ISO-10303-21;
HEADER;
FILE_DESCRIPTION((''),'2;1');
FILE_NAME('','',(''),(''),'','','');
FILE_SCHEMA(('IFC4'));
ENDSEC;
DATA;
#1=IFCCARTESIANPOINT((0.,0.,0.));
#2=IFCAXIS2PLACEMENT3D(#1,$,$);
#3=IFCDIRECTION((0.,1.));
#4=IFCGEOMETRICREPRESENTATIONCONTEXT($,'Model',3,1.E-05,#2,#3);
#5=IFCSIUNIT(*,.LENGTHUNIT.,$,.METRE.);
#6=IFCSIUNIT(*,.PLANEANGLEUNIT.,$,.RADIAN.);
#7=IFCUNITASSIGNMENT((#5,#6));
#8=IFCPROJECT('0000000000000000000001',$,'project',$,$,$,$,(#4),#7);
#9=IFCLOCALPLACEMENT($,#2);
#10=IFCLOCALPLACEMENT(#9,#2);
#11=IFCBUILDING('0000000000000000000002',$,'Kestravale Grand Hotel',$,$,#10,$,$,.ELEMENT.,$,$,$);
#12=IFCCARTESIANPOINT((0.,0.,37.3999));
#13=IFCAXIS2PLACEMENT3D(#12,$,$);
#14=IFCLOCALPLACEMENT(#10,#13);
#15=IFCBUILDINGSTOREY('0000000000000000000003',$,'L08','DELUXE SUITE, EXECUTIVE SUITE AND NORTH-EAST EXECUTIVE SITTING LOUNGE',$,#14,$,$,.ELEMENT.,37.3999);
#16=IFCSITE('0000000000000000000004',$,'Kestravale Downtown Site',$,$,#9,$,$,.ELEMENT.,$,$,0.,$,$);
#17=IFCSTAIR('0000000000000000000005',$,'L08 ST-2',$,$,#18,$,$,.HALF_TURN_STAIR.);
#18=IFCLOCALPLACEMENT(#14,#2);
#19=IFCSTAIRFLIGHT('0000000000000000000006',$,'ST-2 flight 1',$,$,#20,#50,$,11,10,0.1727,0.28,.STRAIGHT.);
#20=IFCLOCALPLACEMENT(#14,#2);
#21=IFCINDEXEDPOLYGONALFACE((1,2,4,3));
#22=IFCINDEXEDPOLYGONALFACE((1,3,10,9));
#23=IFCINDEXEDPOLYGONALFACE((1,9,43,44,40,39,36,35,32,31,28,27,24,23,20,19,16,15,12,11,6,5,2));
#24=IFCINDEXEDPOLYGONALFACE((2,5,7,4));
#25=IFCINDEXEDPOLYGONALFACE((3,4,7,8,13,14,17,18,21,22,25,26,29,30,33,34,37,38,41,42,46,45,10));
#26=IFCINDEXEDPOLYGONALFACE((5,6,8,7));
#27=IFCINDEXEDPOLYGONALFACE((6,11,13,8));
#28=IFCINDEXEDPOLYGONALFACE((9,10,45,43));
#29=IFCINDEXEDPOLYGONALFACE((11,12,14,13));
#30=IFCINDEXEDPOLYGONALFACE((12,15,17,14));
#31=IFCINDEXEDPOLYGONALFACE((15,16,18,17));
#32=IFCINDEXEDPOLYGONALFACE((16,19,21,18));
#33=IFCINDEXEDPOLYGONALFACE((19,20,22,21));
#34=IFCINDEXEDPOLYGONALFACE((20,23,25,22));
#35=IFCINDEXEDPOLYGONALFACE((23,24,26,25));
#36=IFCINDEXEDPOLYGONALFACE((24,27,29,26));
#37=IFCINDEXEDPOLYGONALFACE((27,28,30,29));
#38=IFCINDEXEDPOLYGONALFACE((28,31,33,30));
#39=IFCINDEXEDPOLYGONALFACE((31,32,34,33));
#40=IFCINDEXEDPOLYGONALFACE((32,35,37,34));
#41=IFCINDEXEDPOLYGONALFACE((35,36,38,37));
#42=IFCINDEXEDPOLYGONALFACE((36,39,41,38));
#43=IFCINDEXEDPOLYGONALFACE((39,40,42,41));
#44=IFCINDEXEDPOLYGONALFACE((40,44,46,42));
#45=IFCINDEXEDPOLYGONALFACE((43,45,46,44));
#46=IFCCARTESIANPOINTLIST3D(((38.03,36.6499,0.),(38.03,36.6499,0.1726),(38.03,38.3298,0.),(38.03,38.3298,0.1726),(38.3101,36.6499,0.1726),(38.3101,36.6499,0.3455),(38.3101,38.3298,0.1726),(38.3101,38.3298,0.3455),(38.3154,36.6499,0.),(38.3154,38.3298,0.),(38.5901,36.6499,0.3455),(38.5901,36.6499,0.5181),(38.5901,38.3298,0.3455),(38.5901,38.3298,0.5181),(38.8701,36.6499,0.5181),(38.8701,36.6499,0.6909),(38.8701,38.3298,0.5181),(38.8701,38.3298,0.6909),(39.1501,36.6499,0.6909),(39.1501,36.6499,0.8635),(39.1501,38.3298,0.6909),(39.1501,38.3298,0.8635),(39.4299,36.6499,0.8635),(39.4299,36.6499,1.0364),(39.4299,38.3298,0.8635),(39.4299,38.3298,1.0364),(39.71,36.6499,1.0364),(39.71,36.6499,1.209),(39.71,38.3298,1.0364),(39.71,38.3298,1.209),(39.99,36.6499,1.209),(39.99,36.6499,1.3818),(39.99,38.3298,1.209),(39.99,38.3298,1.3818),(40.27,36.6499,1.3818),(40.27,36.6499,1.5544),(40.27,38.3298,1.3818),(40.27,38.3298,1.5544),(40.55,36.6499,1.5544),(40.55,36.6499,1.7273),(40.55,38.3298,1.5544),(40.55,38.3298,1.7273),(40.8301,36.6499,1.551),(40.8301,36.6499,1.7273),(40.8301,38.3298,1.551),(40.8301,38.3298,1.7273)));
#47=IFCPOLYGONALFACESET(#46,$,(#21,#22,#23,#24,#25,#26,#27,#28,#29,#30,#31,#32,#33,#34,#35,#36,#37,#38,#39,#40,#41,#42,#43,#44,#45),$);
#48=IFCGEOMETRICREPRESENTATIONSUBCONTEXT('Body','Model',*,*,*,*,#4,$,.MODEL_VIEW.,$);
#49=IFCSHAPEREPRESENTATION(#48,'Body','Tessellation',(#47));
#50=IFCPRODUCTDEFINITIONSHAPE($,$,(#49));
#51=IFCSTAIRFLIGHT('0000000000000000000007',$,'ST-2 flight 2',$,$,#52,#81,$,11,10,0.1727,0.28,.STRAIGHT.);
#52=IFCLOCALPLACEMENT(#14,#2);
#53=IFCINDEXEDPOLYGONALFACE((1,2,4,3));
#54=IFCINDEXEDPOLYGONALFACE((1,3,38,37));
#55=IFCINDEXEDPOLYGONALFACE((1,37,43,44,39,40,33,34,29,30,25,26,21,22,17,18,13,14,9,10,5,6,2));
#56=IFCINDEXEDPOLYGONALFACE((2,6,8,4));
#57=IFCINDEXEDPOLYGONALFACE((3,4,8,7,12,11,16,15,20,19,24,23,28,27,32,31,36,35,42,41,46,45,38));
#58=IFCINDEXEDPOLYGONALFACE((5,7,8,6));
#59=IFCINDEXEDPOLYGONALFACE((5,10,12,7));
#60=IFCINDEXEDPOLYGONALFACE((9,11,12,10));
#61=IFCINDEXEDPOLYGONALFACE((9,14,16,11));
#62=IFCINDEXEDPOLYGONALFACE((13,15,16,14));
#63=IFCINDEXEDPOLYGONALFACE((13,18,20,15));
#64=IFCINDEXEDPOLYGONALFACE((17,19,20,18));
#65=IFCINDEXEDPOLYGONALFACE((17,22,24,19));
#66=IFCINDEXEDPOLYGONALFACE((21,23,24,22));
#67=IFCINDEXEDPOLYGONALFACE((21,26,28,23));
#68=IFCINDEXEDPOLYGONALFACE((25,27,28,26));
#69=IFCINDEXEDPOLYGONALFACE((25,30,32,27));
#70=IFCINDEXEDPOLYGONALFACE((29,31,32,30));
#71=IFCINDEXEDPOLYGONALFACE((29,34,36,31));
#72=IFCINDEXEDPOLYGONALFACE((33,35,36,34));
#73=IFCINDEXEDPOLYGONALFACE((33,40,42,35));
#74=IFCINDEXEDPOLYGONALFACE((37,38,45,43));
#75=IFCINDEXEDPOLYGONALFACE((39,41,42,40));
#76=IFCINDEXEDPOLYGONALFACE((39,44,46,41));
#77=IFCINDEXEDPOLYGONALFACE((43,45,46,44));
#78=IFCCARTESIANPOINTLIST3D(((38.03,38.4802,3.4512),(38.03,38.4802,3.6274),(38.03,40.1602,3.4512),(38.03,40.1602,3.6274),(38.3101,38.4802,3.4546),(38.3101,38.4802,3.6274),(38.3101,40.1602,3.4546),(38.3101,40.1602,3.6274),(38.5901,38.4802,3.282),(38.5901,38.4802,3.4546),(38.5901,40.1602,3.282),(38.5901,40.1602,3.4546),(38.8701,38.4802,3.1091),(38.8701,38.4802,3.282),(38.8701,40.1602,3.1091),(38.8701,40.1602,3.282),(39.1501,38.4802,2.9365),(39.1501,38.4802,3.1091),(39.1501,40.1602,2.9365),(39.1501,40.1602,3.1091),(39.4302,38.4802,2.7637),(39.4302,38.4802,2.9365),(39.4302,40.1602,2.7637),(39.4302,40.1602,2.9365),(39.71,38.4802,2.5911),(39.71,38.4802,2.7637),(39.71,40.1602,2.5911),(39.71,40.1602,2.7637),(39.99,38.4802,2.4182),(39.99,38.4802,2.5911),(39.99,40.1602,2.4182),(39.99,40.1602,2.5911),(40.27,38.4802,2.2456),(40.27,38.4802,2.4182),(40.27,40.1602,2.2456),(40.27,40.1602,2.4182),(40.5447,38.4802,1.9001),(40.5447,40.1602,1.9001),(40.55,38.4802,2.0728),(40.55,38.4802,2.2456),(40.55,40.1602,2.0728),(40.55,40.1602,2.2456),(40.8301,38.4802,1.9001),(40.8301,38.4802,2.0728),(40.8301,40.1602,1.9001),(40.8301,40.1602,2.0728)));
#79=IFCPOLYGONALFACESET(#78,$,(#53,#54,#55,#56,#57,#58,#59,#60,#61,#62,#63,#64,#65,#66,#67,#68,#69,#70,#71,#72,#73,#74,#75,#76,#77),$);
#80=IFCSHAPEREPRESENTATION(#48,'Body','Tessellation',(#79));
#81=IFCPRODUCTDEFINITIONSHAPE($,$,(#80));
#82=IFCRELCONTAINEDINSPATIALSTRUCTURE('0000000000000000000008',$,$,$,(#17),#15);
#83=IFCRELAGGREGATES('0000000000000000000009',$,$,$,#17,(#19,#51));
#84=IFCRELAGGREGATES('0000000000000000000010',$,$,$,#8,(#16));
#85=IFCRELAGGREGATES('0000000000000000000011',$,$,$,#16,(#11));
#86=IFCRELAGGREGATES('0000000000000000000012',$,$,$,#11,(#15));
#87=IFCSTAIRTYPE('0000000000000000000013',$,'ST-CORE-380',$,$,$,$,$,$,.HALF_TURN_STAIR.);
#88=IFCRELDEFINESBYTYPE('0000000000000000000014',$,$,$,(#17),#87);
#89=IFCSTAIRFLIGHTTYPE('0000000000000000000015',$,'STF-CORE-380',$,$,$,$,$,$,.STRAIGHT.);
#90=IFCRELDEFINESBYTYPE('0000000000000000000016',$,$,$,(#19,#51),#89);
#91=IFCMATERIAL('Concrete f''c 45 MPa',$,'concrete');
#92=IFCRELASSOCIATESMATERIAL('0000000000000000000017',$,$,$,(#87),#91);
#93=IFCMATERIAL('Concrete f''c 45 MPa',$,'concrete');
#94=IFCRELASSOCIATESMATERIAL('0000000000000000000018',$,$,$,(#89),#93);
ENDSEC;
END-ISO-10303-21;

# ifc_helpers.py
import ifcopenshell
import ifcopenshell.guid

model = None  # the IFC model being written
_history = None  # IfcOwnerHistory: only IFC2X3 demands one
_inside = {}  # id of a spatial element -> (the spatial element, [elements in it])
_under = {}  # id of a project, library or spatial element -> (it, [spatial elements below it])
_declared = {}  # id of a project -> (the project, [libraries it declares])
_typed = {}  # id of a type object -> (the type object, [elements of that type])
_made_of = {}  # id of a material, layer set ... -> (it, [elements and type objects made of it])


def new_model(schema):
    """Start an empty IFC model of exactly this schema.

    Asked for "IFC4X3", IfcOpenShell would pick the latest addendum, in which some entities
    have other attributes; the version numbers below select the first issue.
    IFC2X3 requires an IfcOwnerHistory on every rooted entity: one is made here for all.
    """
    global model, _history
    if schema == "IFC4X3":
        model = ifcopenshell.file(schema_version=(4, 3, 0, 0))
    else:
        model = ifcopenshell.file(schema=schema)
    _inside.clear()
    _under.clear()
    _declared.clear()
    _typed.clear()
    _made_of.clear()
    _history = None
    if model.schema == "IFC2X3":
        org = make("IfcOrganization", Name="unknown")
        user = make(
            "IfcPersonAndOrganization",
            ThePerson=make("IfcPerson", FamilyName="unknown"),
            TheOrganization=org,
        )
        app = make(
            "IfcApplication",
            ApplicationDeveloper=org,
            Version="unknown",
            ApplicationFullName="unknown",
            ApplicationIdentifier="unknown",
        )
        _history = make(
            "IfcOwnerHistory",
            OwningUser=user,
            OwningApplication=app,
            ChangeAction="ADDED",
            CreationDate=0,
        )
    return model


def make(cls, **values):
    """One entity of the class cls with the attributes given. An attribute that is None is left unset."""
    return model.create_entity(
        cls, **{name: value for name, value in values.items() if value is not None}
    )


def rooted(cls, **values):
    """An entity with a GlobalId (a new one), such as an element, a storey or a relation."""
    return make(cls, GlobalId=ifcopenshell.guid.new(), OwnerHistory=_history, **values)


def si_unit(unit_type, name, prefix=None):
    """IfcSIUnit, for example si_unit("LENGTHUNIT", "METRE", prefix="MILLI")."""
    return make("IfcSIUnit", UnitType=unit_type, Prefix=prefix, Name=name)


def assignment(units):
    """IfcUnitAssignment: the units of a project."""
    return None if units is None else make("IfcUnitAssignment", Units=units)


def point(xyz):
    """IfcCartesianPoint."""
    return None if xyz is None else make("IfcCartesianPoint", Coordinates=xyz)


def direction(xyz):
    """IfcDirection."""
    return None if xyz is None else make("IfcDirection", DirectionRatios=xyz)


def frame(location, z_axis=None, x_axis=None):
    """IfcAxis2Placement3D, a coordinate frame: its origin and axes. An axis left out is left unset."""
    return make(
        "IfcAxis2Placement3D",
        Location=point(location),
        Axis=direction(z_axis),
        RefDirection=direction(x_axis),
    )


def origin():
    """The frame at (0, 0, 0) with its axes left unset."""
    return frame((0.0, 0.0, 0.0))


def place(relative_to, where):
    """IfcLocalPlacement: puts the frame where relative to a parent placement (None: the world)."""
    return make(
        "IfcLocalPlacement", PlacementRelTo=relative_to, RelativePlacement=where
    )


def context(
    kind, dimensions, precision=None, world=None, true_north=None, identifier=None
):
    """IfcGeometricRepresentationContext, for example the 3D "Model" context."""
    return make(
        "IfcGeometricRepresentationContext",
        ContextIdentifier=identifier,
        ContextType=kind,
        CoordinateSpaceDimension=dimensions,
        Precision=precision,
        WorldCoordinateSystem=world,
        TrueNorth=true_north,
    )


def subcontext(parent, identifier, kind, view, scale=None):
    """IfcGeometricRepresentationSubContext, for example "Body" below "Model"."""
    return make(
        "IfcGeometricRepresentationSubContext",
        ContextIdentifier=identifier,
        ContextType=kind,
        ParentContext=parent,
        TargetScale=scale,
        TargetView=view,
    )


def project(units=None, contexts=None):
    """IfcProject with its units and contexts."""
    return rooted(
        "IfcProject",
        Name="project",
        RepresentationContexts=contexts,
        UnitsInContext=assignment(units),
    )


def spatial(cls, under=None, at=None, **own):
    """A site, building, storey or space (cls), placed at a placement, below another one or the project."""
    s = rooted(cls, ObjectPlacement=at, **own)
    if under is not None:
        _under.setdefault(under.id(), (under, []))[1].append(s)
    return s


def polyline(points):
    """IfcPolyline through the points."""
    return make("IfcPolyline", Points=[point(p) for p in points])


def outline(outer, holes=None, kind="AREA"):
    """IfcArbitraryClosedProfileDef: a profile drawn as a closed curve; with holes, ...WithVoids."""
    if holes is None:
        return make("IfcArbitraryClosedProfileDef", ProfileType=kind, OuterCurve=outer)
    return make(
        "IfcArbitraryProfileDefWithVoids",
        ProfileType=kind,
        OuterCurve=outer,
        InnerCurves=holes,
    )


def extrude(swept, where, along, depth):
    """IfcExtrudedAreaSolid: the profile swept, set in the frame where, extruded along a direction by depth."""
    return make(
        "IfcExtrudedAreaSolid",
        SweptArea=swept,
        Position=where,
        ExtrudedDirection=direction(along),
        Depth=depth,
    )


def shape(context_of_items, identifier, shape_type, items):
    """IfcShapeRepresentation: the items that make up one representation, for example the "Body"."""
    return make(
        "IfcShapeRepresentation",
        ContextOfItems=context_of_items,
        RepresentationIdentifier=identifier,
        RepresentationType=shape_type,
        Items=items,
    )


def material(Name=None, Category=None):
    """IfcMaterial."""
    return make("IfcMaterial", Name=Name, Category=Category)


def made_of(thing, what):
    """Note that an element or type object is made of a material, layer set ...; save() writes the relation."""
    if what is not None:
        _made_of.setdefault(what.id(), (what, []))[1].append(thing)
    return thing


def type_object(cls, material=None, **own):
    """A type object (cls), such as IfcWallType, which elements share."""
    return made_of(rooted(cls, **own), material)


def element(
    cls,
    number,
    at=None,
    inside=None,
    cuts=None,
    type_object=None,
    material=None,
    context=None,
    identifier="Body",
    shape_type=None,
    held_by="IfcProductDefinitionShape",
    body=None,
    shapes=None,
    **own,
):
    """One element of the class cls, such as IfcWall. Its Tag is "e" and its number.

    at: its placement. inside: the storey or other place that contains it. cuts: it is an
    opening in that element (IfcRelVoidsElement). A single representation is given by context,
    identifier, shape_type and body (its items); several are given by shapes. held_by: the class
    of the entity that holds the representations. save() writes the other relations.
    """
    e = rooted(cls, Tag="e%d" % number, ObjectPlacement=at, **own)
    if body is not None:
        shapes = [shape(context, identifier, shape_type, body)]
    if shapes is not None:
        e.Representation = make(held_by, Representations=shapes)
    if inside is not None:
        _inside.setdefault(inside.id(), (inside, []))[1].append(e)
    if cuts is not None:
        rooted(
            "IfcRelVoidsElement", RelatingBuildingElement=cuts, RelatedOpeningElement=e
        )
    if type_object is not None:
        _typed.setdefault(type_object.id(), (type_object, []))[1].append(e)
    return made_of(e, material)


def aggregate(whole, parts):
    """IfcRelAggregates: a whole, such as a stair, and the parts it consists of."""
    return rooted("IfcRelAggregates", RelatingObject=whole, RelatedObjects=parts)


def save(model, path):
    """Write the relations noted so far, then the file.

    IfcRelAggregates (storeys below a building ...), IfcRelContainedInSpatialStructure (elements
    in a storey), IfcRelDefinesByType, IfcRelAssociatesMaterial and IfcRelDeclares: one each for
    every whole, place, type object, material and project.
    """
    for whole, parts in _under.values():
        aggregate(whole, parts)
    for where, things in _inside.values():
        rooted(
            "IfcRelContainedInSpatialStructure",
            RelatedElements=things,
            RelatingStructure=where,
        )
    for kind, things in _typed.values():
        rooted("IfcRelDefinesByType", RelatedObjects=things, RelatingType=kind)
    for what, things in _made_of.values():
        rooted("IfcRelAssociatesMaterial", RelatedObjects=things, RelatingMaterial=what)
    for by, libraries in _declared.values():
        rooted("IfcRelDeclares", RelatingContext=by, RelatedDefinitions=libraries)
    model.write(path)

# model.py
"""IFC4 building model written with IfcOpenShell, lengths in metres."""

from ifc_helpers import new_model, si_unit, direction, frame, origin, place, context, subcontext, project, spatial, polyline, outline, extrude, material, type_object, element, aggregate, save


model = new_model("IFC4")

# Units and contexts
model_context = context("Model", 3, precision=1e-05, world=origin(), true_north=direction((0.0, 1.0)))
body_context = subcontext(model_context, "Body", "Model", "MODEL_VIEW")
ifc_project = project(units=[si_unit("LENGTHUNIT", "METRE"), si_unit("PLANEANGLEUNIT", "RADIAN")], contexts=[model_context])

# Site, building, storey
site_placement = place(None, origin())
site = spatial("IfcSite", under=ifc_project, at=site_placement, Name="Kestravale Downtown Site", CompositionType="ELEMENT", RefElevation=0.0)
building_placement = place(site_placement, origin())
building = spatial("IfcBuilding", under=site, at=building_placement, Name="Kestravale Grand Hotel", CompositionType="ELEMENT")
storey_placement = place(building_placement, frame((0.0, 0.0, 37.3999)))
storey = spatial("IfcBuildingStorey", under=building, at=storey_placement, Name="L08", Description="DELUXE SUITE, EXECUTIVE SUITE AND NORTH-EAST EXECUTIVE SITTING LOUNGE", CompositionType="ELEMENT", Elevation=37.3999)

# Stair, stair flights
ifc_material_1 = material(Name="Concrete f'c 45 MPa", Category="concrete")
stair_type = type_object("IfcStairType", Name="ST-CORE-380", PredefinedType="HALF_TURN_STAIR", material=ifc_material_1)
stair_placement = place(storey_placement, origin())
stair = element("IfcStair", 1, at=stair_placement, inside=storey, type_object=stair_type, Name="L08 ST-2", PredefinedType="HALF_TURN_STAIR")
ifc_material_2 = material(Name="Concrete f'c 45 MPa", Category="concrete")
stair_flight_type = type_object("IfcStairFlightType", Name="STF-CORE-380", PredefinedType="STRAIGHT", material=ifc_material_2)
stair_flight_1_placement = place(storey_placement, frame((38.03, 37.49, 0.0), z_axis=(0.0, 0.0, 1.0), x_axis=(1.0, 0.0, 0.0)))
stair_flight_1 = element("IfcStairFlight", 2, at=stair_flight_1_placement, type_object=stair_flight_type, Name="ST-2 flight 1", NumberOfRisers=11, NumberOfTreads=10, PredefinedType="STRAIGHT", RiserHeight=0.1727, TreadLength=0.28, context=body_context, shape_type="SweptSolid", body=[
    extrude(outline(polyline([(0.0, 0.0), (0.0, 0.1726), (0.28, 0.1726), (0.28, 0.3455), (0.5601, 0.3455), (0.5601, 0.5181), (0.8401, 0.5181), (0.8401, 0.6909), (1.1201, 0.6909), (1.1201, 0.8635), (1.3999, 0.8635), (1.3999, 1.0364), (1.6799, 1.0364), (1.6799, 1.209), (1.96, 1.209), (1.96, 1.3818), (2.24, 1.3818), (2.24, 1.5544), (2.52, 1.5544), (2.52, 1.7273), (2.8, 1.7273), (2.8, 1.8999), (2.8, 1.551), (0.2854, 0.0), (0.0, 0.0)])), frame((0.0, 0.8398, 0.0), z_axis=(0.0, -1.0, 0.0), x_axis=(1.0, 0.0, 0.0)), (0.0, 0.0, 1.0), 1.6799),
])
stair_flight_2_placement = place(storey_placement, frame((40.8301, 39.3201, 1.9001), z_axis=(0.0, 0.0, 1.0), x_axis=(-1.0, 0.0, 0.0)))
stair_flight_2 = element("IfcStairFlight", 3, at=stair_flight_2_placement, type_object=stair_flight_type, Name="ST-2 flight 2", NumberOfRisers=11, NumberOfTreads=10, PredefinedType="STRAIGHT", RiserHeight=0.1727, TreadLength=0.28, context=body_context, shape_type="SweptSolid", body=[
    extrude(outline(polyline([(0.0, 0.0), (0.0, 0.1726), (0.28, 0.1726), (0.28, 0.3455), (0.5601, 0.3455), (0.5601, 0.5181), (0.8401, 0.5181), (0.8401, 0.6909), (1.1201, 0.6909), (1.1201, 0.8635), (1.3999, 0.8635), (1.3999, 1.0364), (1.6799, 1.0364), (1.6799, 1.209), (1.96, 1.209), (1.96, 1.3818), (2.24, 1.3818), (2.24, 1.5544), (2.52, 1.5544), (2.52, 1.7273), (2.8, 1.7273), (2.8, 1.8999), (2.8, 1.551), (0.2854, 0.0), (0.0, 0.0)])), frame((0.0, 0.8398, 0.0), z_axis=(0.0, -1.0, 0.0), x_axis=(1.0, 0.0, 0.0)), (0.0, 0.0, 1.0), 1.6799),
])
aggregate(stair, [stair_flight_1, stair_flight_2])

save(model, "model.ifc")
